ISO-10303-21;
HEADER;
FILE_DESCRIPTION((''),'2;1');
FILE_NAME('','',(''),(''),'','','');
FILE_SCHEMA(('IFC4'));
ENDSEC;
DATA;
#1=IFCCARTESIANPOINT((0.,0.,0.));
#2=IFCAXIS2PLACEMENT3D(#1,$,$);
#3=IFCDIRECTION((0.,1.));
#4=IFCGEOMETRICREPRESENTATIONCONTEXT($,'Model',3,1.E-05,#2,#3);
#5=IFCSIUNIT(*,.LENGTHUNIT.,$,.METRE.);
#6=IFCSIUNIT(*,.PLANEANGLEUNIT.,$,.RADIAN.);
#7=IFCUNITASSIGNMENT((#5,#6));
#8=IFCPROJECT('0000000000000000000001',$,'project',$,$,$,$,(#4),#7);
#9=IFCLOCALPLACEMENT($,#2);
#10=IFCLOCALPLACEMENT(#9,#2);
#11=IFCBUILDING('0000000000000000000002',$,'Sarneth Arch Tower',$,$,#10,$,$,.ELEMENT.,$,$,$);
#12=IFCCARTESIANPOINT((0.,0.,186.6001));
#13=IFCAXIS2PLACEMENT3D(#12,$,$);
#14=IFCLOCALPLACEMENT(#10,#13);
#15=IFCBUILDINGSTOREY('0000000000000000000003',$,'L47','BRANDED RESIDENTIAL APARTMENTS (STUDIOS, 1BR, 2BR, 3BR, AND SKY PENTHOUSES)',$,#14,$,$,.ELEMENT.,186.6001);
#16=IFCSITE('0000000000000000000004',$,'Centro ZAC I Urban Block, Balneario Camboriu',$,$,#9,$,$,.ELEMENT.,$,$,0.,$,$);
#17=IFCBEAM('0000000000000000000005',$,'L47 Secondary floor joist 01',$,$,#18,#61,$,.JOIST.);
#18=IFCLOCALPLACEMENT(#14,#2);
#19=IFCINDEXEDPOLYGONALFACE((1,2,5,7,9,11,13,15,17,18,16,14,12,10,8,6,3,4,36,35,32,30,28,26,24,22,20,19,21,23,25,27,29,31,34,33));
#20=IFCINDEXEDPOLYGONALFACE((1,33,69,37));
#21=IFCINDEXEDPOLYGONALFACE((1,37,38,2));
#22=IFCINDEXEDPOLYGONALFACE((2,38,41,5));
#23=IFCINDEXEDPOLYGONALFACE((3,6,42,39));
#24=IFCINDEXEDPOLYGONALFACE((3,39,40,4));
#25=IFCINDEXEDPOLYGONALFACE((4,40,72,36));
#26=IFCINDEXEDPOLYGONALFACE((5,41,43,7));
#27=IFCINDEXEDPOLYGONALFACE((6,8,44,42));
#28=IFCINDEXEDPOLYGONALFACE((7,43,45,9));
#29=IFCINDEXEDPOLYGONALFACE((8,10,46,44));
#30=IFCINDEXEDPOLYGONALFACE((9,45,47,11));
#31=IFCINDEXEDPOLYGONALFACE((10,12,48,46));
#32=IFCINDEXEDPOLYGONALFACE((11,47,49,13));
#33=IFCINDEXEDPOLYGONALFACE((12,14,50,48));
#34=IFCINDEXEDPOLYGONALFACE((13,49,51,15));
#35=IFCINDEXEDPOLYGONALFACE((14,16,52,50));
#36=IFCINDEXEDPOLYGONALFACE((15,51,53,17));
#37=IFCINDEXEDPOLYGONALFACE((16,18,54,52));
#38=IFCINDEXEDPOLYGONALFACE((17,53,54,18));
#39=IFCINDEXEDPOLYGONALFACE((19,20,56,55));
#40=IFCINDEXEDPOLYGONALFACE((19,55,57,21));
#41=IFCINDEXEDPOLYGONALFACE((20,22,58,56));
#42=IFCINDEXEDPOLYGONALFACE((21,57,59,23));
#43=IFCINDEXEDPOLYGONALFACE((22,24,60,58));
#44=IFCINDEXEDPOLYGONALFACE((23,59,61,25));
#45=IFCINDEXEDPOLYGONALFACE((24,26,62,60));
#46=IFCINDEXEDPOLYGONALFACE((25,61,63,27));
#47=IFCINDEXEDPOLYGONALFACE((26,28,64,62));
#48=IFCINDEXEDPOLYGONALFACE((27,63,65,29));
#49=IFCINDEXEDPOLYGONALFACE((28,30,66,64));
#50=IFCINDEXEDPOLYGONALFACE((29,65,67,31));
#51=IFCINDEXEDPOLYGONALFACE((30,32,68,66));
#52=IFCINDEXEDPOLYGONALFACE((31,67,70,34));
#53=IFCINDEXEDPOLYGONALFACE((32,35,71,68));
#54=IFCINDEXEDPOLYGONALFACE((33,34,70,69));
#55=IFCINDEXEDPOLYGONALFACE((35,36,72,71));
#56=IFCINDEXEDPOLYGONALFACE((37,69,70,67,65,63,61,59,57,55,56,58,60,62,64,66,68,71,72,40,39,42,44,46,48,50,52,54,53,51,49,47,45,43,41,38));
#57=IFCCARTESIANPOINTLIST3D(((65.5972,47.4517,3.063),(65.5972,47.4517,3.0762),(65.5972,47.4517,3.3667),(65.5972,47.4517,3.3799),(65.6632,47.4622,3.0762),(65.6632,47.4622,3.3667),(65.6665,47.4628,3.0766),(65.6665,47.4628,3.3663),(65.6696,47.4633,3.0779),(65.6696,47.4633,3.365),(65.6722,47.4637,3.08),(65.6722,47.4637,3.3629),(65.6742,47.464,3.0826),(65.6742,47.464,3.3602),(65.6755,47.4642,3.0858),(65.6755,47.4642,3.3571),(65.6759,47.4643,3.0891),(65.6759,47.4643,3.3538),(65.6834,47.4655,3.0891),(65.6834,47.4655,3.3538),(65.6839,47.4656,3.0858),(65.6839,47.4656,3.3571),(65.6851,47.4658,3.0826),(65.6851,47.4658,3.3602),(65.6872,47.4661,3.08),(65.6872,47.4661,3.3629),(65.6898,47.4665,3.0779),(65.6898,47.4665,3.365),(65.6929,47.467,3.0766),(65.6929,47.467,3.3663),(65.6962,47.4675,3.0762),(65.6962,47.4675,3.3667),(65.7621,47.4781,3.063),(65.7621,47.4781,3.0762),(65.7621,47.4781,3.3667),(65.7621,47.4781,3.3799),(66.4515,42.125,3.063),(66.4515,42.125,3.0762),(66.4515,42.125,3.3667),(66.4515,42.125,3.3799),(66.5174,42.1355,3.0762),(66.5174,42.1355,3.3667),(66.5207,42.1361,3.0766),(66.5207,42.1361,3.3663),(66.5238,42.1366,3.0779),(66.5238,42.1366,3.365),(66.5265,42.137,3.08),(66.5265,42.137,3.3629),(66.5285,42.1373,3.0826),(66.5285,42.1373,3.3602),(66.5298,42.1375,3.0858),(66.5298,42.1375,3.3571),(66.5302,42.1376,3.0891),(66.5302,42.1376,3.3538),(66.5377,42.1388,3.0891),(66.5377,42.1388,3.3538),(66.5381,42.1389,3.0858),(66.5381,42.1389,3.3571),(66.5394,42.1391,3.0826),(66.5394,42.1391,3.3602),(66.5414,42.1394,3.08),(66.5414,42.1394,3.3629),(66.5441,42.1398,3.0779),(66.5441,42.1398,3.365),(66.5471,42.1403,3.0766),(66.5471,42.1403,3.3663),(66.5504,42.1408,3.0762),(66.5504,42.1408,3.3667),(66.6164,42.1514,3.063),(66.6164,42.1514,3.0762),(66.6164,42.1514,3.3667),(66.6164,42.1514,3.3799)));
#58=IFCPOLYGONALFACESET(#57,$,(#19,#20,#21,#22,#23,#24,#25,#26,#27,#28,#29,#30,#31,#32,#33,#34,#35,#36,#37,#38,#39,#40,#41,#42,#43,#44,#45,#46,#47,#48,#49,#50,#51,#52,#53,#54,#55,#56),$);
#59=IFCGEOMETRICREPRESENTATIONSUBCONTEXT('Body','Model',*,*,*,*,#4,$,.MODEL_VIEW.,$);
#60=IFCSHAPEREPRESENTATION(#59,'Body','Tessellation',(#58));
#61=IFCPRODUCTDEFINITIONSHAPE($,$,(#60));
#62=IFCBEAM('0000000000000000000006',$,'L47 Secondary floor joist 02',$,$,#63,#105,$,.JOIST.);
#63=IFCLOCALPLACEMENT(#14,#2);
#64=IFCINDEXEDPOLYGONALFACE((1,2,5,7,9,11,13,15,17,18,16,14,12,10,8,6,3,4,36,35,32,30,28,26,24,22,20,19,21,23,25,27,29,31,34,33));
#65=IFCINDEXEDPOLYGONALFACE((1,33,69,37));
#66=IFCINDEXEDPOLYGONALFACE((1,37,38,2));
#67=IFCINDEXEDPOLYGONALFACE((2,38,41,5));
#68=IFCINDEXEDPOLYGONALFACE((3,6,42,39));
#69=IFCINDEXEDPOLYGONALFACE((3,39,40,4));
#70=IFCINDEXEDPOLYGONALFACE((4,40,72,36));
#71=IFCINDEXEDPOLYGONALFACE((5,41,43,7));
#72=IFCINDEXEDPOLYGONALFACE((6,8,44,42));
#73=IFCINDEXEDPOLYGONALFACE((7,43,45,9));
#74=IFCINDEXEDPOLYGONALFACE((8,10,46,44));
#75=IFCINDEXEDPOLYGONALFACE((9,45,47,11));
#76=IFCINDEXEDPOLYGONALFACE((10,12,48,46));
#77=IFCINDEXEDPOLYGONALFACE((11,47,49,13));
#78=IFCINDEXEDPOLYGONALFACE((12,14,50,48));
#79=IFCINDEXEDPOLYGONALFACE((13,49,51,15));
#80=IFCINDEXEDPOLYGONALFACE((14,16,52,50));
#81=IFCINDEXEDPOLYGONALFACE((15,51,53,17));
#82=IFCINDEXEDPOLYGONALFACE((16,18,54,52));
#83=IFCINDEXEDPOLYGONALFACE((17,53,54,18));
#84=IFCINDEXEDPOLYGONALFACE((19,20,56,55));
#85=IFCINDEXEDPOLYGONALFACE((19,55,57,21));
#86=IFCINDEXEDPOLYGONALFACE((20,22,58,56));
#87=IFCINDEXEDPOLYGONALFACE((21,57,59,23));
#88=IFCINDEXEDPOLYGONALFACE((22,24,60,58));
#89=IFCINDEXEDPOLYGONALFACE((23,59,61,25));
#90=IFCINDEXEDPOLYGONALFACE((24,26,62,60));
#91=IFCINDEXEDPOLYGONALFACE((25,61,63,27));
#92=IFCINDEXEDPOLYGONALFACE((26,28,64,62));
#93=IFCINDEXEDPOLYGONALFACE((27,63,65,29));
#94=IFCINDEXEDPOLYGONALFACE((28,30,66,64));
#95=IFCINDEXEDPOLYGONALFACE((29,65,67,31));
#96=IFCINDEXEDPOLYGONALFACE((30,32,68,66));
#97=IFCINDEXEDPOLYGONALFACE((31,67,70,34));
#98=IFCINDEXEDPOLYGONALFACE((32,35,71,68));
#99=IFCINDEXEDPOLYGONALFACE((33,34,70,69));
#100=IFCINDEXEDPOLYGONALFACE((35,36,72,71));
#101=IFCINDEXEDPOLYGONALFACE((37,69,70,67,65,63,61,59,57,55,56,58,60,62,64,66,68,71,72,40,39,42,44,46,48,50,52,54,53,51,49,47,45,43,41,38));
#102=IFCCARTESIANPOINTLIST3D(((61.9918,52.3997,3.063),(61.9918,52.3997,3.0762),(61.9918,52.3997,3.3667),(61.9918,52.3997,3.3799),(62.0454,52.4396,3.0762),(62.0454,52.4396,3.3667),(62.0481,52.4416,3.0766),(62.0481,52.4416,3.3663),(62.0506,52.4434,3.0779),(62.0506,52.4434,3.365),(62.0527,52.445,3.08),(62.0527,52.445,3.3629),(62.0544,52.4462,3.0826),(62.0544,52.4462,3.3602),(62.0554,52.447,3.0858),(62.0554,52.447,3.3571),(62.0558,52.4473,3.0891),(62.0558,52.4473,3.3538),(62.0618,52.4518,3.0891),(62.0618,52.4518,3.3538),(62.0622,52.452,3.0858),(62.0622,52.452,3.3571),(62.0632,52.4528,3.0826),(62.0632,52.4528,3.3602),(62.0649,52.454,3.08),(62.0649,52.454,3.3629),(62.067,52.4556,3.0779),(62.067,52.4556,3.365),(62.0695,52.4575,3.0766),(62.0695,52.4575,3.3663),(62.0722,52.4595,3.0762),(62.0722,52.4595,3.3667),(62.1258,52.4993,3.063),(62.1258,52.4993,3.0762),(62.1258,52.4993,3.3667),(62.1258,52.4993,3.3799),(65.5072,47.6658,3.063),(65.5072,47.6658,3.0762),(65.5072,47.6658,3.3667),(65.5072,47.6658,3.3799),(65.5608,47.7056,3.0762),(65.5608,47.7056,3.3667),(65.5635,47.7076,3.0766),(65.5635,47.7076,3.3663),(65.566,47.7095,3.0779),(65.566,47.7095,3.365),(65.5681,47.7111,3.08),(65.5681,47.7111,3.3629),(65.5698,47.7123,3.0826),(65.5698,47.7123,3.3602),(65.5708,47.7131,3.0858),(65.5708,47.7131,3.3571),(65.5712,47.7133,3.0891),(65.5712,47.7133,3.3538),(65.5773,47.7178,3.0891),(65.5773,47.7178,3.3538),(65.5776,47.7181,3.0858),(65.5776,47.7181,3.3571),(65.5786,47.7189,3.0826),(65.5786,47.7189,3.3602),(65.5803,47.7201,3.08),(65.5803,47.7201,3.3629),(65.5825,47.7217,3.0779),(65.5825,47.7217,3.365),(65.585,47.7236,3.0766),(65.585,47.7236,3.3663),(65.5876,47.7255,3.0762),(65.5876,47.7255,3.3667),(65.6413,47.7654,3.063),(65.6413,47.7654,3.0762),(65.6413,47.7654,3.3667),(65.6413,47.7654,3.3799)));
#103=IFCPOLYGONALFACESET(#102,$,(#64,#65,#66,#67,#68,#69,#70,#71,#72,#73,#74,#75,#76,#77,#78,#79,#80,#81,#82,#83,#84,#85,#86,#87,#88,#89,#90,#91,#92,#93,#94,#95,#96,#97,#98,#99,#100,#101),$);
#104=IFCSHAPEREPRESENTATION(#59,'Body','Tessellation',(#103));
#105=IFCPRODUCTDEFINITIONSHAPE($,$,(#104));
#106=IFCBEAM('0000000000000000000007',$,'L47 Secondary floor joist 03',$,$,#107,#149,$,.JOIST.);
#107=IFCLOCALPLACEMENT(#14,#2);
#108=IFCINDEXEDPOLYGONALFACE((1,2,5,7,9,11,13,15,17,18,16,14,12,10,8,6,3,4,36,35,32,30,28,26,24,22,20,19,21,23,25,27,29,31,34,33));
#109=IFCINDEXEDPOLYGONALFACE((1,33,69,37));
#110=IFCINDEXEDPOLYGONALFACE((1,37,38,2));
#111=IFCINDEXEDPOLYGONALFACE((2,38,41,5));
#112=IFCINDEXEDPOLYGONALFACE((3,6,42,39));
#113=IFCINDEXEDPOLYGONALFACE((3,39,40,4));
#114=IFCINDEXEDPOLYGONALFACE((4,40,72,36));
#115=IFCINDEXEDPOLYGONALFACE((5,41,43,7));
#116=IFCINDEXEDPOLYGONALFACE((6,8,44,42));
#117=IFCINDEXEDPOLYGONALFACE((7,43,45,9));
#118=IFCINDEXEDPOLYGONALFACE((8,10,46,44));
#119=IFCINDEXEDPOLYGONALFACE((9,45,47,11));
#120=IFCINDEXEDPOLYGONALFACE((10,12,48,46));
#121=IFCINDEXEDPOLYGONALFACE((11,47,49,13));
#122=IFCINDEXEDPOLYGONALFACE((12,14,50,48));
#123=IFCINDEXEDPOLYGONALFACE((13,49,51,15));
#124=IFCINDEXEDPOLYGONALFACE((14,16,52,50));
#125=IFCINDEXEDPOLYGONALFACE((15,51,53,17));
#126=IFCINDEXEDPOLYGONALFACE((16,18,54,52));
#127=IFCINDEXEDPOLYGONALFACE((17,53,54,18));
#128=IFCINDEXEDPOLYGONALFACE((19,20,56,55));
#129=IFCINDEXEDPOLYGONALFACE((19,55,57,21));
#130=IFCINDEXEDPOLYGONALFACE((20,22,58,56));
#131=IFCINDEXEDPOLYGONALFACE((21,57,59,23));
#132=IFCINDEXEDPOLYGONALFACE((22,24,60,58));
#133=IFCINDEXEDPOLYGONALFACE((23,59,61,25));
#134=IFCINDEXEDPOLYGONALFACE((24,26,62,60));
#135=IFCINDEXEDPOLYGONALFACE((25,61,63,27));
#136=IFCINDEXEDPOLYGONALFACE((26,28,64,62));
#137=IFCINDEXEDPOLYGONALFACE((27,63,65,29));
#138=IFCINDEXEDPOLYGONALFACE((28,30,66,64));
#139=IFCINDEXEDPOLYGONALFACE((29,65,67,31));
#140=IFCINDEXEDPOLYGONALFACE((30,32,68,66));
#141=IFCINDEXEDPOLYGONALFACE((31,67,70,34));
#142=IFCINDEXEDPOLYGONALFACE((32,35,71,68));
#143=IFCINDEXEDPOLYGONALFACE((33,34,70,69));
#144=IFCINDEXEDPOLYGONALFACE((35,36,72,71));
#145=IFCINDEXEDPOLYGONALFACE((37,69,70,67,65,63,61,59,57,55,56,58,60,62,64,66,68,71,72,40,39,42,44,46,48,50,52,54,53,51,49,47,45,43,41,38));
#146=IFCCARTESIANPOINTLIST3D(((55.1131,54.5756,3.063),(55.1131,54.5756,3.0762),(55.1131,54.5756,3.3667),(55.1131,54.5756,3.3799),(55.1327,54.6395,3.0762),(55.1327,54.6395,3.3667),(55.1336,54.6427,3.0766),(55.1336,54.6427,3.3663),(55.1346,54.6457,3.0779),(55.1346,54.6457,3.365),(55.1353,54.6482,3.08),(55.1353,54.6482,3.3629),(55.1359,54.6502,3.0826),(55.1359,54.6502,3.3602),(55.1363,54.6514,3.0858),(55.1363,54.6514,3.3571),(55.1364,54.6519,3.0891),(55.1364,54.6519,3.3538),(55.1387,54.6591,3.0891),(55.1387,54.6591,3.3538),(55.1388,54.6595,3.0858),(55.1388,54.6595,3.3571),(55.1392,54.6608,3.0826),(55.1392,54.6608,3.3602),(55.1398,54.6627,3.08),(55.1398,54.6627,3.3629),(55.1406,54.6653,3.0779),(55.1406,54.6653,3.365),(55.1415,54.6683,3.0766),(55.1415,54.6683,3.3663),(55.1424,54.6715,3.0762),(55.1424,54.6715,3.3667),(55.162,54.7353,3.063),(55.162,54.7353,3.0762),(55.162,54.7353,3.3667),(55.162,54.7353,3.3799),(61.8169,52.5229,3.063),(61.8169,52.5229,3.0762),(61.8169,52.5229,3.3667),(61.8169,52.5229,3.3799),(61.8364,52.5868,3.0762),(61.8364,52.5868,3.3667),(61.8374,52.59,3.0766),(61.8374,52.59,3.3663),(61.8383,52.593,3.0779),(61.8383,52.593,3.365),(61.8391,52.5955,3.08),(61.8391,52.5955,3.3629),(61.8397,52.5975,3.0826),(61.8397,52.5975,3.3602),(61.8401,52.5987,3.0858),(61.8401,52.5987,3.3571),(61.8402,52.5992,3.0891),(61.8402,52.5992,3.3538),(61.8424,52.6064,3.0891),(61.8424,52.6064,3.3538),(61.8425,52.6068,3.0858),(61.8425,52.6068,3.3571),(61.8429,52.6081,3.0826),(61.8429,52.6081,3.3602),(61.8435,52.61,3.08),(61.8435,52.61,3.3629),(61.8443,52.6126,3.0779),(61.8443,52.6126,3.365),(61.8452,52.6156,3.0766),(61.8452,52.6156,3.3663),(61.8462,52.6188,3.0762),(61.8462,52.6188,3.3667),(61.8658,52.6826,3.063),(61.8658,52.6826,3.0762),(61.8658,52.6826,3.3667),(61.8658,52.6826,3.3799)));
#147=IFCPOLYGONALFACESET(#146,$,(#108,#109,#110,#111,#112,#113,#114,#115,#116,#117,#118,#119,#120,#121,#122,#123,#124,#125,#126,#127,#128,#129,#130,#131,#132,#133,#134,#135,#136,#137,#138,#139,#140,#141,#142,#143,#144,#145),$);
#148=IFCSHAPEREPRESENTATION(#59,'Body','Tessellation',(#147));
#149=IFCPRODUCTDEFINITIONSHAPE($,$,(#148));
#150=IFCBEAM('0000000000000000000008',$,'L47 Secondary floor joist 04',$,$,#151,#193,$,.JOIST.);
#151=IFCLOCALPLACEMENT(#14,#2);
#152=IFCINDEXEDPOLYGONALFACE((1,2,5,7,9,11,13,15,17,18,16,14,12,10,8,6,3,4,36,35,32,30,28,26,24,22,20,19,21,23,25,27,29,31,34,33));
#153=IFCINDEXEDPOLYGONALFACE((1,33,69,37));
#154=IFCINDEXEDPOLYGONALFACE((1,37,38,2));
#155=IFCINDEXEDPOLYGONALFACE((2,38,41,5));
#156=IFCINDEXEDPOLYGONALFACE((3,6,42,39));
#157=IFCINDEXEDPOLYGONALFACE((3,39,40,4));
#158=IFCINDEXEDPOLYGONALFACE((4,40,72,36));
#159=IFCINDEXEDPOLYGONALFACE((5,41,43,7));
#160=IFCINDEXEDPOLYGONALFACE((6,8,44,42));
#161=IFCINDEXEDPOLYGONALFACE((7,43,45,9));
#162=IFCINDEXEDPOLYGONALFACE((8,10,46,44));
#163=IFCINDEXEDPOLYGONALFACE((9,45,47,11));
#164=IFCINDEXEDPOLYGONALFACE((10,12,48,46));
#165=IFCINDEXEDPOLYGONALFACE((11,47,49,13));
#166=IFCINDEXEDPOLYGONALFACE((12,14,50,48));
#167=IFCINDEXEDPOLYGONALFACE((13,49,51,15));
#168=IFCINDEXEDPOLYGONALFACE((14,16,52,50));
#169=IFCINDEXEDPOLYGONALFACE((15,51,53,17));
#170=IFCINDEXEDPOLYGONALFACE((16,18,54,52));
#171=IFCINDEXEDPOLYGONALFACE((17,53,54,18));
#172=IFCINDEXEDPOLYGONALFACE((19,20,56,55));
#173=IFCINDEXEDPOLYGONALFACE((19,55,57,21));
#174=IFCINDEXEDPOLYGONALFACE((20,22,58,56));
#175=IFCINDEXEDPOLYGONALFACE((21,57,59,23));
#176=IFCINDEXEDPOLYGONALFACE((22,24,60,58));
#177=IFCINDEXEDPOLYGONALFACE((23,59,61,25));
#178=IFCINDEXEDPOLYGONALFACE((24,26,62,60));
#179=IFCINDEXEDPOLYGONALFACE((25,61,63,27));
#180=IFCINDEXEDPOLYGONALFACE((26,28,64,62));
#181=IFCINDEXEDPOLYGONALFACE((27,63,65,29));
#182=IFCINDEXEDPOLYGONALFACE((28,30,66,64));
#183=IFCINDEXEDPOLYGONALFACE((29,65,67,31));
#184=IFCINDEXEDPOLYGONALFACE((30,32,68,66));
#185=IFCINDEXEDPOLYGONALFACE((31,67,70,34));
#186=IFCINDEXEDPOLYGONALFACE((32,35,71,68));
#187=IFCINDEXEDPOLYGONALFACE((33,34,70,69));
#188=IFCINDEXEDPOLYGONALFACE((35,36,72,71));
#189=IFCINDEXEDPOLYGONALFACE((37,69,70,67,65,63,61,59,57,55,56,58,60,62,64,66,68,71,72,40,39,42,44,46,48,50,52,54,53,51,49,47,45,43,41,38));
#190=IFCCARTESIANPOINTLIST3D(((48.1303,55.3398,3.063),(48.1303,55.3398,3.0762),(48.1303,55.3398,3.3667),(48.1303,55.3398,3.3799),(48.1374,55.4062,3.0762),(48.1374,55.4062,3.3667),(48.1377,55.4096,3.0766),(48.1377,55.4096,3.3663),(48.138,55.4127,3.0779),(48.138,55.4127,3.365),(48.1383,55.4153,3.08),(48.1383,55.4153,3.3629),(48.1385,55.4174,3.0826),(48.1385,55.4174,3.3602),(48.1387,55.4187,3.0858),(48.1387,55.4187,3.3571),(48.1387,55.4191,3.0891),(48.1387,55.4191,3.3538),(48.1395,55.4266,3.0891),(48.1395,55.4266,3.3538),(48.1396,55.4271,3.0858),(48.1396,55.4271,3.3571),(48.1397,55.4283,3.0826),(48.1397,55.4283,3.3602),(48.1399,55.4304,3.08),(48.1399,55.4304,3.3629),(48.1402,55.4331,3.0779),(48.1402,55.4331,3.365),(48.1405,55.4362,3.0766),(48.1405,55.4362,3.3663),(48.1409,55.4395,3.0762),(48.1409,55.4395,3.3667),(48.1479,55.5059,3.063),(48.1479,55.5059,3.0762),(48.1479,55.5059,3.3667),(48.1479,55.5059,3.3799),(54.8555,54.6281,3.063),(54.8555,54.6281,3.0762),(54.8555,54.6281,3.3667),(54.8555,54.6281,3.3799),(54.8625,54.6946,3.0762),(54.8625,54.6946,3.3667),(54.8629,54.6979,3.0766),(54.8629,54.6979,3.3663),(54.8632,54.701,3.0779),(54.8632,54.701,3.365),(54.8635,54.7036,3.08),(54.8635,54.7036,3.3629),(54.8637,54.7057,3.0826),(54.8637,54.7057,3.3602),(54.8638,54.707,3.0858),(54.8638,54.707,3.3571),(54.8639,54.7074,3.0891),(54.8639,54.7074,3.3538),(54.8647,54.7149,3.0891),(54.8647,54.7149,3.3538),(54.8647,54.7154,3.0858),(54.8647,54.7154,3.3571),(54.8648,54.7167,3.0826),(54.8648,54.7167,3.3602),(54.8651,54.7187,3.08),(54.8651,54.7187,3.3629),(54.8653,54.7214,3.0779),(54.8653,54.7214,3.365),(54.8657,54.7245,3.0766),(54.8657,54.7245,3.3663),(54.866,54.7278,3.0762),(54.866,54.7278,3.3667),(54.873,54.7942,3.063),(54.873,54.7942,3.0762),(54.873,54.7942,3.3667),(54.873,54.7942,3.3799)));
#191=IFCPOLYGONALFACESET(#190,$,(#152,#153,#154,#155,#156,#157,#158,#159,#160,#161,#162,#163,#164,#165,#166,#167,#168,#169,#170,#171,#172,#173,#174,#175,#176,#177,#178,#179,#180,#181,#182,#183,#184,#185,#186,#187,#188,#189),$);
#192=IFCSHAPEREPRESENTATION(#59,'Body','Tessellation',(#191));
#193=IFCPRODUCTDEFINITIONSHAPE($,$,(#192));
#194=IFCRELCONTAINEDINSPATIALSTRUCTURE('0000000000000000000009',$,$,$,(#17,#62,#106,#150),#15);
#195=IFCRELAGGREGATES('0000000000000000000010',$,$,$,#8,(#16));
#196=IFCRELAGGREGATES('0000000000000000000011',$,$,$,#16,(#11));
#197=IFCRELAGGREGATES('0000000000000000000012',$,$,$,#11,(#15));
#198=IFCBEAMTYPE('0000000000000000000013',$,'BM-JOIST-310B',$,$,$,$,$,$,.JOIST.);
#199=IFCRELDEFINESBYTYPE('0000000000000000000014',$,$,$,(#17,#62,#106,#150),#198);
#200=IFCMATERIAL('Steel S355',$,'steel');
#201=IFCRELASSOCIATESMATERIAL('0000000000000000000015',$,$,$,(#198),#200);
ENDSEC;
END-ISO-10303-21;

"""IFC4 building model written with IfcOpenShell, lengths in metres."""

from ifc_helpers import new_model, si_unit, direction, frame, origin, origin_2d, place, context, subcontext, project, spatial, i_section, extrude, material, material_profile, profile_set, type_object, element, save


model = new_model("IFC4")

# Units and contexts
model_context = context("Model", 3, precision=1e-05, world=origin(), true_north=direction((0.0, 1.0)))
body_context = subcontext(model_context, "Body", "Model", "MODEL_VIEW")
ifc_project = project(units=[si_unit("LENGTHUNIT", "METRE"), si_unit("PLANEANGLEUNIT", "RADIAN")], contexts=[model_context])

# Site, building, storey
site_placement = place(None, origin())
site = spatial("IfcSite", under=ifc_project, at=site_placement, Name="Centro ZAC I Urban Block, Balneario Camboriu", CompositionType="ELEMENT", RefElevation=0.0)
building_placement = place(site_placement, origin())
building = spatial("IfcBuilding", under=site, at=building_placement, Name="Sarneth Arch Tower", CompositionType="ELEMENT")
storey_placement = place(building_placement, frame((0.0, 0.0, 186.6001)))
storey = spatial("IfcBuildingStorey", under=building, at=storey_placement, Name="L47", Description="BRANDED RESIDENTIAL APARTMENTS (STUDIOS, 1BR, 2BR, 3BR, AND SKY PENTHOUSES)", CompositionType="ELEMENT", Elevation=186.6001)

# Beams
ifc_material_1 = material(Name="Steel S355", Category="steel")
ifc_material_profile_1 = material_profile(ifc_material_1, i_section(OverallWidth=0.167, OverallDepth=0.3169, WebThickness=0.0076, FlangeThickness=0.0132, FilletRadius=0.0129, at=origin_2d()), Name="W310x52")
ifc_profile_set_1 = profile_set([ifc_material_profile_1], Name="Steel S355")
beam_type_1 = type_object("IfcBeamType", Name="BM-JOIST-310B", PredefinedType="JOIST", material=ifc_profile_set_1)
beam_1_placement = place(storey_placement, frame((66.5339, 42.1382, 3.2214), z_axis=(-0.158349, 0.987383, 0.0), x_axis=(-0.987383, -0.158349, 0.0)))
element("IfcBeam", 1, at=beam_1_placement, inside=storey, type_object=beam_type_1, Name="L47 Secondary floor joist 01", PredefinedType="JOIST", context=body_context, shape_type="SweptSolid", body=[
    extrude(i_section(OverallWidth=0.167, OverallDepth=0.3169, WebThickness=0.0076, FlangeThickness=0.0132, FilletRadius=0.0129, at=origin_2d()), origin(), (0.0, 0.0, 1.0), 5.3948),
])
beam_2_placement = place(storey_placement, frame((65.5742, 47.7156, 3.2214), z_axis=(-0.596191, 0.802843, 0.0), x_axis=(-0.802843, -0.596191, 0.0)))
element("IfcBeam", 2, at=beam_2_placement, inside=storey, type_object=beam_type_1, Name="L47 Secondary floor joist 02", PredefinedType="JOIST", context=body_context, shape_type="SweptSolid", body=[
    extrude(i_section(OverallWidth=0.167, OverallDepth=0.3169, WebThickness=0.0076, FlangeThickness=0.0132, FilletRadius=0.0129, at=origin_2d()), origin(), (0.0, 0.0, 1.0), 5.8965),
])
beam_3_placement = place(storey_placement, frame((61.8413, 52.6028, 3.2214), z_axis=(-0.956179, 0.292784, 0.0), x_axis=(-0.292784, -0.956179, 0.0)))
element("IfcBeam", 3, at=beam_3_placement, inside=storey, type_object=beam_type_1, Name="L47 Secondary floor joist 03", PredefinedType="JOIST", context=body_context, shape_type="SweptSolid", body=[
    extrude(i_section(OverallWidth=0.167, OverallDepth=0.3169, WebThickness=0.0076, FlangeThickness=0.0132, FilletRadius=0.0129, at=origin_2d()), origin(), (0.0, 0.0, 1.0), 7.011),
])
beam_4_placement = place(storey_placement, frame((54.8643, 54.7112, 3.2214), z_axis=(-0.994447, 0.105235, 0.0), x_axis=(-0.105235, -0.994447, 0.0)))
element("IfcBeam", 4, at=beam_4_placement, inside=storey, type_object=beam_type_1, Name="L47 Secondary floor joist 04", PredefinedType="JOIST", context=body_context, shape_type="SweptSolid", body=[
    extrude(i_section(OverallWidth=0.167, OverallDepth=0.3169, WebThickness=0.0076, FlangeThickness=0.0132, FilletRadius=0.0129, at=origin_2d()), origin(), (0.0, 0.0, 1.0), 6.7627),
])

save(model, "model.ifc")
